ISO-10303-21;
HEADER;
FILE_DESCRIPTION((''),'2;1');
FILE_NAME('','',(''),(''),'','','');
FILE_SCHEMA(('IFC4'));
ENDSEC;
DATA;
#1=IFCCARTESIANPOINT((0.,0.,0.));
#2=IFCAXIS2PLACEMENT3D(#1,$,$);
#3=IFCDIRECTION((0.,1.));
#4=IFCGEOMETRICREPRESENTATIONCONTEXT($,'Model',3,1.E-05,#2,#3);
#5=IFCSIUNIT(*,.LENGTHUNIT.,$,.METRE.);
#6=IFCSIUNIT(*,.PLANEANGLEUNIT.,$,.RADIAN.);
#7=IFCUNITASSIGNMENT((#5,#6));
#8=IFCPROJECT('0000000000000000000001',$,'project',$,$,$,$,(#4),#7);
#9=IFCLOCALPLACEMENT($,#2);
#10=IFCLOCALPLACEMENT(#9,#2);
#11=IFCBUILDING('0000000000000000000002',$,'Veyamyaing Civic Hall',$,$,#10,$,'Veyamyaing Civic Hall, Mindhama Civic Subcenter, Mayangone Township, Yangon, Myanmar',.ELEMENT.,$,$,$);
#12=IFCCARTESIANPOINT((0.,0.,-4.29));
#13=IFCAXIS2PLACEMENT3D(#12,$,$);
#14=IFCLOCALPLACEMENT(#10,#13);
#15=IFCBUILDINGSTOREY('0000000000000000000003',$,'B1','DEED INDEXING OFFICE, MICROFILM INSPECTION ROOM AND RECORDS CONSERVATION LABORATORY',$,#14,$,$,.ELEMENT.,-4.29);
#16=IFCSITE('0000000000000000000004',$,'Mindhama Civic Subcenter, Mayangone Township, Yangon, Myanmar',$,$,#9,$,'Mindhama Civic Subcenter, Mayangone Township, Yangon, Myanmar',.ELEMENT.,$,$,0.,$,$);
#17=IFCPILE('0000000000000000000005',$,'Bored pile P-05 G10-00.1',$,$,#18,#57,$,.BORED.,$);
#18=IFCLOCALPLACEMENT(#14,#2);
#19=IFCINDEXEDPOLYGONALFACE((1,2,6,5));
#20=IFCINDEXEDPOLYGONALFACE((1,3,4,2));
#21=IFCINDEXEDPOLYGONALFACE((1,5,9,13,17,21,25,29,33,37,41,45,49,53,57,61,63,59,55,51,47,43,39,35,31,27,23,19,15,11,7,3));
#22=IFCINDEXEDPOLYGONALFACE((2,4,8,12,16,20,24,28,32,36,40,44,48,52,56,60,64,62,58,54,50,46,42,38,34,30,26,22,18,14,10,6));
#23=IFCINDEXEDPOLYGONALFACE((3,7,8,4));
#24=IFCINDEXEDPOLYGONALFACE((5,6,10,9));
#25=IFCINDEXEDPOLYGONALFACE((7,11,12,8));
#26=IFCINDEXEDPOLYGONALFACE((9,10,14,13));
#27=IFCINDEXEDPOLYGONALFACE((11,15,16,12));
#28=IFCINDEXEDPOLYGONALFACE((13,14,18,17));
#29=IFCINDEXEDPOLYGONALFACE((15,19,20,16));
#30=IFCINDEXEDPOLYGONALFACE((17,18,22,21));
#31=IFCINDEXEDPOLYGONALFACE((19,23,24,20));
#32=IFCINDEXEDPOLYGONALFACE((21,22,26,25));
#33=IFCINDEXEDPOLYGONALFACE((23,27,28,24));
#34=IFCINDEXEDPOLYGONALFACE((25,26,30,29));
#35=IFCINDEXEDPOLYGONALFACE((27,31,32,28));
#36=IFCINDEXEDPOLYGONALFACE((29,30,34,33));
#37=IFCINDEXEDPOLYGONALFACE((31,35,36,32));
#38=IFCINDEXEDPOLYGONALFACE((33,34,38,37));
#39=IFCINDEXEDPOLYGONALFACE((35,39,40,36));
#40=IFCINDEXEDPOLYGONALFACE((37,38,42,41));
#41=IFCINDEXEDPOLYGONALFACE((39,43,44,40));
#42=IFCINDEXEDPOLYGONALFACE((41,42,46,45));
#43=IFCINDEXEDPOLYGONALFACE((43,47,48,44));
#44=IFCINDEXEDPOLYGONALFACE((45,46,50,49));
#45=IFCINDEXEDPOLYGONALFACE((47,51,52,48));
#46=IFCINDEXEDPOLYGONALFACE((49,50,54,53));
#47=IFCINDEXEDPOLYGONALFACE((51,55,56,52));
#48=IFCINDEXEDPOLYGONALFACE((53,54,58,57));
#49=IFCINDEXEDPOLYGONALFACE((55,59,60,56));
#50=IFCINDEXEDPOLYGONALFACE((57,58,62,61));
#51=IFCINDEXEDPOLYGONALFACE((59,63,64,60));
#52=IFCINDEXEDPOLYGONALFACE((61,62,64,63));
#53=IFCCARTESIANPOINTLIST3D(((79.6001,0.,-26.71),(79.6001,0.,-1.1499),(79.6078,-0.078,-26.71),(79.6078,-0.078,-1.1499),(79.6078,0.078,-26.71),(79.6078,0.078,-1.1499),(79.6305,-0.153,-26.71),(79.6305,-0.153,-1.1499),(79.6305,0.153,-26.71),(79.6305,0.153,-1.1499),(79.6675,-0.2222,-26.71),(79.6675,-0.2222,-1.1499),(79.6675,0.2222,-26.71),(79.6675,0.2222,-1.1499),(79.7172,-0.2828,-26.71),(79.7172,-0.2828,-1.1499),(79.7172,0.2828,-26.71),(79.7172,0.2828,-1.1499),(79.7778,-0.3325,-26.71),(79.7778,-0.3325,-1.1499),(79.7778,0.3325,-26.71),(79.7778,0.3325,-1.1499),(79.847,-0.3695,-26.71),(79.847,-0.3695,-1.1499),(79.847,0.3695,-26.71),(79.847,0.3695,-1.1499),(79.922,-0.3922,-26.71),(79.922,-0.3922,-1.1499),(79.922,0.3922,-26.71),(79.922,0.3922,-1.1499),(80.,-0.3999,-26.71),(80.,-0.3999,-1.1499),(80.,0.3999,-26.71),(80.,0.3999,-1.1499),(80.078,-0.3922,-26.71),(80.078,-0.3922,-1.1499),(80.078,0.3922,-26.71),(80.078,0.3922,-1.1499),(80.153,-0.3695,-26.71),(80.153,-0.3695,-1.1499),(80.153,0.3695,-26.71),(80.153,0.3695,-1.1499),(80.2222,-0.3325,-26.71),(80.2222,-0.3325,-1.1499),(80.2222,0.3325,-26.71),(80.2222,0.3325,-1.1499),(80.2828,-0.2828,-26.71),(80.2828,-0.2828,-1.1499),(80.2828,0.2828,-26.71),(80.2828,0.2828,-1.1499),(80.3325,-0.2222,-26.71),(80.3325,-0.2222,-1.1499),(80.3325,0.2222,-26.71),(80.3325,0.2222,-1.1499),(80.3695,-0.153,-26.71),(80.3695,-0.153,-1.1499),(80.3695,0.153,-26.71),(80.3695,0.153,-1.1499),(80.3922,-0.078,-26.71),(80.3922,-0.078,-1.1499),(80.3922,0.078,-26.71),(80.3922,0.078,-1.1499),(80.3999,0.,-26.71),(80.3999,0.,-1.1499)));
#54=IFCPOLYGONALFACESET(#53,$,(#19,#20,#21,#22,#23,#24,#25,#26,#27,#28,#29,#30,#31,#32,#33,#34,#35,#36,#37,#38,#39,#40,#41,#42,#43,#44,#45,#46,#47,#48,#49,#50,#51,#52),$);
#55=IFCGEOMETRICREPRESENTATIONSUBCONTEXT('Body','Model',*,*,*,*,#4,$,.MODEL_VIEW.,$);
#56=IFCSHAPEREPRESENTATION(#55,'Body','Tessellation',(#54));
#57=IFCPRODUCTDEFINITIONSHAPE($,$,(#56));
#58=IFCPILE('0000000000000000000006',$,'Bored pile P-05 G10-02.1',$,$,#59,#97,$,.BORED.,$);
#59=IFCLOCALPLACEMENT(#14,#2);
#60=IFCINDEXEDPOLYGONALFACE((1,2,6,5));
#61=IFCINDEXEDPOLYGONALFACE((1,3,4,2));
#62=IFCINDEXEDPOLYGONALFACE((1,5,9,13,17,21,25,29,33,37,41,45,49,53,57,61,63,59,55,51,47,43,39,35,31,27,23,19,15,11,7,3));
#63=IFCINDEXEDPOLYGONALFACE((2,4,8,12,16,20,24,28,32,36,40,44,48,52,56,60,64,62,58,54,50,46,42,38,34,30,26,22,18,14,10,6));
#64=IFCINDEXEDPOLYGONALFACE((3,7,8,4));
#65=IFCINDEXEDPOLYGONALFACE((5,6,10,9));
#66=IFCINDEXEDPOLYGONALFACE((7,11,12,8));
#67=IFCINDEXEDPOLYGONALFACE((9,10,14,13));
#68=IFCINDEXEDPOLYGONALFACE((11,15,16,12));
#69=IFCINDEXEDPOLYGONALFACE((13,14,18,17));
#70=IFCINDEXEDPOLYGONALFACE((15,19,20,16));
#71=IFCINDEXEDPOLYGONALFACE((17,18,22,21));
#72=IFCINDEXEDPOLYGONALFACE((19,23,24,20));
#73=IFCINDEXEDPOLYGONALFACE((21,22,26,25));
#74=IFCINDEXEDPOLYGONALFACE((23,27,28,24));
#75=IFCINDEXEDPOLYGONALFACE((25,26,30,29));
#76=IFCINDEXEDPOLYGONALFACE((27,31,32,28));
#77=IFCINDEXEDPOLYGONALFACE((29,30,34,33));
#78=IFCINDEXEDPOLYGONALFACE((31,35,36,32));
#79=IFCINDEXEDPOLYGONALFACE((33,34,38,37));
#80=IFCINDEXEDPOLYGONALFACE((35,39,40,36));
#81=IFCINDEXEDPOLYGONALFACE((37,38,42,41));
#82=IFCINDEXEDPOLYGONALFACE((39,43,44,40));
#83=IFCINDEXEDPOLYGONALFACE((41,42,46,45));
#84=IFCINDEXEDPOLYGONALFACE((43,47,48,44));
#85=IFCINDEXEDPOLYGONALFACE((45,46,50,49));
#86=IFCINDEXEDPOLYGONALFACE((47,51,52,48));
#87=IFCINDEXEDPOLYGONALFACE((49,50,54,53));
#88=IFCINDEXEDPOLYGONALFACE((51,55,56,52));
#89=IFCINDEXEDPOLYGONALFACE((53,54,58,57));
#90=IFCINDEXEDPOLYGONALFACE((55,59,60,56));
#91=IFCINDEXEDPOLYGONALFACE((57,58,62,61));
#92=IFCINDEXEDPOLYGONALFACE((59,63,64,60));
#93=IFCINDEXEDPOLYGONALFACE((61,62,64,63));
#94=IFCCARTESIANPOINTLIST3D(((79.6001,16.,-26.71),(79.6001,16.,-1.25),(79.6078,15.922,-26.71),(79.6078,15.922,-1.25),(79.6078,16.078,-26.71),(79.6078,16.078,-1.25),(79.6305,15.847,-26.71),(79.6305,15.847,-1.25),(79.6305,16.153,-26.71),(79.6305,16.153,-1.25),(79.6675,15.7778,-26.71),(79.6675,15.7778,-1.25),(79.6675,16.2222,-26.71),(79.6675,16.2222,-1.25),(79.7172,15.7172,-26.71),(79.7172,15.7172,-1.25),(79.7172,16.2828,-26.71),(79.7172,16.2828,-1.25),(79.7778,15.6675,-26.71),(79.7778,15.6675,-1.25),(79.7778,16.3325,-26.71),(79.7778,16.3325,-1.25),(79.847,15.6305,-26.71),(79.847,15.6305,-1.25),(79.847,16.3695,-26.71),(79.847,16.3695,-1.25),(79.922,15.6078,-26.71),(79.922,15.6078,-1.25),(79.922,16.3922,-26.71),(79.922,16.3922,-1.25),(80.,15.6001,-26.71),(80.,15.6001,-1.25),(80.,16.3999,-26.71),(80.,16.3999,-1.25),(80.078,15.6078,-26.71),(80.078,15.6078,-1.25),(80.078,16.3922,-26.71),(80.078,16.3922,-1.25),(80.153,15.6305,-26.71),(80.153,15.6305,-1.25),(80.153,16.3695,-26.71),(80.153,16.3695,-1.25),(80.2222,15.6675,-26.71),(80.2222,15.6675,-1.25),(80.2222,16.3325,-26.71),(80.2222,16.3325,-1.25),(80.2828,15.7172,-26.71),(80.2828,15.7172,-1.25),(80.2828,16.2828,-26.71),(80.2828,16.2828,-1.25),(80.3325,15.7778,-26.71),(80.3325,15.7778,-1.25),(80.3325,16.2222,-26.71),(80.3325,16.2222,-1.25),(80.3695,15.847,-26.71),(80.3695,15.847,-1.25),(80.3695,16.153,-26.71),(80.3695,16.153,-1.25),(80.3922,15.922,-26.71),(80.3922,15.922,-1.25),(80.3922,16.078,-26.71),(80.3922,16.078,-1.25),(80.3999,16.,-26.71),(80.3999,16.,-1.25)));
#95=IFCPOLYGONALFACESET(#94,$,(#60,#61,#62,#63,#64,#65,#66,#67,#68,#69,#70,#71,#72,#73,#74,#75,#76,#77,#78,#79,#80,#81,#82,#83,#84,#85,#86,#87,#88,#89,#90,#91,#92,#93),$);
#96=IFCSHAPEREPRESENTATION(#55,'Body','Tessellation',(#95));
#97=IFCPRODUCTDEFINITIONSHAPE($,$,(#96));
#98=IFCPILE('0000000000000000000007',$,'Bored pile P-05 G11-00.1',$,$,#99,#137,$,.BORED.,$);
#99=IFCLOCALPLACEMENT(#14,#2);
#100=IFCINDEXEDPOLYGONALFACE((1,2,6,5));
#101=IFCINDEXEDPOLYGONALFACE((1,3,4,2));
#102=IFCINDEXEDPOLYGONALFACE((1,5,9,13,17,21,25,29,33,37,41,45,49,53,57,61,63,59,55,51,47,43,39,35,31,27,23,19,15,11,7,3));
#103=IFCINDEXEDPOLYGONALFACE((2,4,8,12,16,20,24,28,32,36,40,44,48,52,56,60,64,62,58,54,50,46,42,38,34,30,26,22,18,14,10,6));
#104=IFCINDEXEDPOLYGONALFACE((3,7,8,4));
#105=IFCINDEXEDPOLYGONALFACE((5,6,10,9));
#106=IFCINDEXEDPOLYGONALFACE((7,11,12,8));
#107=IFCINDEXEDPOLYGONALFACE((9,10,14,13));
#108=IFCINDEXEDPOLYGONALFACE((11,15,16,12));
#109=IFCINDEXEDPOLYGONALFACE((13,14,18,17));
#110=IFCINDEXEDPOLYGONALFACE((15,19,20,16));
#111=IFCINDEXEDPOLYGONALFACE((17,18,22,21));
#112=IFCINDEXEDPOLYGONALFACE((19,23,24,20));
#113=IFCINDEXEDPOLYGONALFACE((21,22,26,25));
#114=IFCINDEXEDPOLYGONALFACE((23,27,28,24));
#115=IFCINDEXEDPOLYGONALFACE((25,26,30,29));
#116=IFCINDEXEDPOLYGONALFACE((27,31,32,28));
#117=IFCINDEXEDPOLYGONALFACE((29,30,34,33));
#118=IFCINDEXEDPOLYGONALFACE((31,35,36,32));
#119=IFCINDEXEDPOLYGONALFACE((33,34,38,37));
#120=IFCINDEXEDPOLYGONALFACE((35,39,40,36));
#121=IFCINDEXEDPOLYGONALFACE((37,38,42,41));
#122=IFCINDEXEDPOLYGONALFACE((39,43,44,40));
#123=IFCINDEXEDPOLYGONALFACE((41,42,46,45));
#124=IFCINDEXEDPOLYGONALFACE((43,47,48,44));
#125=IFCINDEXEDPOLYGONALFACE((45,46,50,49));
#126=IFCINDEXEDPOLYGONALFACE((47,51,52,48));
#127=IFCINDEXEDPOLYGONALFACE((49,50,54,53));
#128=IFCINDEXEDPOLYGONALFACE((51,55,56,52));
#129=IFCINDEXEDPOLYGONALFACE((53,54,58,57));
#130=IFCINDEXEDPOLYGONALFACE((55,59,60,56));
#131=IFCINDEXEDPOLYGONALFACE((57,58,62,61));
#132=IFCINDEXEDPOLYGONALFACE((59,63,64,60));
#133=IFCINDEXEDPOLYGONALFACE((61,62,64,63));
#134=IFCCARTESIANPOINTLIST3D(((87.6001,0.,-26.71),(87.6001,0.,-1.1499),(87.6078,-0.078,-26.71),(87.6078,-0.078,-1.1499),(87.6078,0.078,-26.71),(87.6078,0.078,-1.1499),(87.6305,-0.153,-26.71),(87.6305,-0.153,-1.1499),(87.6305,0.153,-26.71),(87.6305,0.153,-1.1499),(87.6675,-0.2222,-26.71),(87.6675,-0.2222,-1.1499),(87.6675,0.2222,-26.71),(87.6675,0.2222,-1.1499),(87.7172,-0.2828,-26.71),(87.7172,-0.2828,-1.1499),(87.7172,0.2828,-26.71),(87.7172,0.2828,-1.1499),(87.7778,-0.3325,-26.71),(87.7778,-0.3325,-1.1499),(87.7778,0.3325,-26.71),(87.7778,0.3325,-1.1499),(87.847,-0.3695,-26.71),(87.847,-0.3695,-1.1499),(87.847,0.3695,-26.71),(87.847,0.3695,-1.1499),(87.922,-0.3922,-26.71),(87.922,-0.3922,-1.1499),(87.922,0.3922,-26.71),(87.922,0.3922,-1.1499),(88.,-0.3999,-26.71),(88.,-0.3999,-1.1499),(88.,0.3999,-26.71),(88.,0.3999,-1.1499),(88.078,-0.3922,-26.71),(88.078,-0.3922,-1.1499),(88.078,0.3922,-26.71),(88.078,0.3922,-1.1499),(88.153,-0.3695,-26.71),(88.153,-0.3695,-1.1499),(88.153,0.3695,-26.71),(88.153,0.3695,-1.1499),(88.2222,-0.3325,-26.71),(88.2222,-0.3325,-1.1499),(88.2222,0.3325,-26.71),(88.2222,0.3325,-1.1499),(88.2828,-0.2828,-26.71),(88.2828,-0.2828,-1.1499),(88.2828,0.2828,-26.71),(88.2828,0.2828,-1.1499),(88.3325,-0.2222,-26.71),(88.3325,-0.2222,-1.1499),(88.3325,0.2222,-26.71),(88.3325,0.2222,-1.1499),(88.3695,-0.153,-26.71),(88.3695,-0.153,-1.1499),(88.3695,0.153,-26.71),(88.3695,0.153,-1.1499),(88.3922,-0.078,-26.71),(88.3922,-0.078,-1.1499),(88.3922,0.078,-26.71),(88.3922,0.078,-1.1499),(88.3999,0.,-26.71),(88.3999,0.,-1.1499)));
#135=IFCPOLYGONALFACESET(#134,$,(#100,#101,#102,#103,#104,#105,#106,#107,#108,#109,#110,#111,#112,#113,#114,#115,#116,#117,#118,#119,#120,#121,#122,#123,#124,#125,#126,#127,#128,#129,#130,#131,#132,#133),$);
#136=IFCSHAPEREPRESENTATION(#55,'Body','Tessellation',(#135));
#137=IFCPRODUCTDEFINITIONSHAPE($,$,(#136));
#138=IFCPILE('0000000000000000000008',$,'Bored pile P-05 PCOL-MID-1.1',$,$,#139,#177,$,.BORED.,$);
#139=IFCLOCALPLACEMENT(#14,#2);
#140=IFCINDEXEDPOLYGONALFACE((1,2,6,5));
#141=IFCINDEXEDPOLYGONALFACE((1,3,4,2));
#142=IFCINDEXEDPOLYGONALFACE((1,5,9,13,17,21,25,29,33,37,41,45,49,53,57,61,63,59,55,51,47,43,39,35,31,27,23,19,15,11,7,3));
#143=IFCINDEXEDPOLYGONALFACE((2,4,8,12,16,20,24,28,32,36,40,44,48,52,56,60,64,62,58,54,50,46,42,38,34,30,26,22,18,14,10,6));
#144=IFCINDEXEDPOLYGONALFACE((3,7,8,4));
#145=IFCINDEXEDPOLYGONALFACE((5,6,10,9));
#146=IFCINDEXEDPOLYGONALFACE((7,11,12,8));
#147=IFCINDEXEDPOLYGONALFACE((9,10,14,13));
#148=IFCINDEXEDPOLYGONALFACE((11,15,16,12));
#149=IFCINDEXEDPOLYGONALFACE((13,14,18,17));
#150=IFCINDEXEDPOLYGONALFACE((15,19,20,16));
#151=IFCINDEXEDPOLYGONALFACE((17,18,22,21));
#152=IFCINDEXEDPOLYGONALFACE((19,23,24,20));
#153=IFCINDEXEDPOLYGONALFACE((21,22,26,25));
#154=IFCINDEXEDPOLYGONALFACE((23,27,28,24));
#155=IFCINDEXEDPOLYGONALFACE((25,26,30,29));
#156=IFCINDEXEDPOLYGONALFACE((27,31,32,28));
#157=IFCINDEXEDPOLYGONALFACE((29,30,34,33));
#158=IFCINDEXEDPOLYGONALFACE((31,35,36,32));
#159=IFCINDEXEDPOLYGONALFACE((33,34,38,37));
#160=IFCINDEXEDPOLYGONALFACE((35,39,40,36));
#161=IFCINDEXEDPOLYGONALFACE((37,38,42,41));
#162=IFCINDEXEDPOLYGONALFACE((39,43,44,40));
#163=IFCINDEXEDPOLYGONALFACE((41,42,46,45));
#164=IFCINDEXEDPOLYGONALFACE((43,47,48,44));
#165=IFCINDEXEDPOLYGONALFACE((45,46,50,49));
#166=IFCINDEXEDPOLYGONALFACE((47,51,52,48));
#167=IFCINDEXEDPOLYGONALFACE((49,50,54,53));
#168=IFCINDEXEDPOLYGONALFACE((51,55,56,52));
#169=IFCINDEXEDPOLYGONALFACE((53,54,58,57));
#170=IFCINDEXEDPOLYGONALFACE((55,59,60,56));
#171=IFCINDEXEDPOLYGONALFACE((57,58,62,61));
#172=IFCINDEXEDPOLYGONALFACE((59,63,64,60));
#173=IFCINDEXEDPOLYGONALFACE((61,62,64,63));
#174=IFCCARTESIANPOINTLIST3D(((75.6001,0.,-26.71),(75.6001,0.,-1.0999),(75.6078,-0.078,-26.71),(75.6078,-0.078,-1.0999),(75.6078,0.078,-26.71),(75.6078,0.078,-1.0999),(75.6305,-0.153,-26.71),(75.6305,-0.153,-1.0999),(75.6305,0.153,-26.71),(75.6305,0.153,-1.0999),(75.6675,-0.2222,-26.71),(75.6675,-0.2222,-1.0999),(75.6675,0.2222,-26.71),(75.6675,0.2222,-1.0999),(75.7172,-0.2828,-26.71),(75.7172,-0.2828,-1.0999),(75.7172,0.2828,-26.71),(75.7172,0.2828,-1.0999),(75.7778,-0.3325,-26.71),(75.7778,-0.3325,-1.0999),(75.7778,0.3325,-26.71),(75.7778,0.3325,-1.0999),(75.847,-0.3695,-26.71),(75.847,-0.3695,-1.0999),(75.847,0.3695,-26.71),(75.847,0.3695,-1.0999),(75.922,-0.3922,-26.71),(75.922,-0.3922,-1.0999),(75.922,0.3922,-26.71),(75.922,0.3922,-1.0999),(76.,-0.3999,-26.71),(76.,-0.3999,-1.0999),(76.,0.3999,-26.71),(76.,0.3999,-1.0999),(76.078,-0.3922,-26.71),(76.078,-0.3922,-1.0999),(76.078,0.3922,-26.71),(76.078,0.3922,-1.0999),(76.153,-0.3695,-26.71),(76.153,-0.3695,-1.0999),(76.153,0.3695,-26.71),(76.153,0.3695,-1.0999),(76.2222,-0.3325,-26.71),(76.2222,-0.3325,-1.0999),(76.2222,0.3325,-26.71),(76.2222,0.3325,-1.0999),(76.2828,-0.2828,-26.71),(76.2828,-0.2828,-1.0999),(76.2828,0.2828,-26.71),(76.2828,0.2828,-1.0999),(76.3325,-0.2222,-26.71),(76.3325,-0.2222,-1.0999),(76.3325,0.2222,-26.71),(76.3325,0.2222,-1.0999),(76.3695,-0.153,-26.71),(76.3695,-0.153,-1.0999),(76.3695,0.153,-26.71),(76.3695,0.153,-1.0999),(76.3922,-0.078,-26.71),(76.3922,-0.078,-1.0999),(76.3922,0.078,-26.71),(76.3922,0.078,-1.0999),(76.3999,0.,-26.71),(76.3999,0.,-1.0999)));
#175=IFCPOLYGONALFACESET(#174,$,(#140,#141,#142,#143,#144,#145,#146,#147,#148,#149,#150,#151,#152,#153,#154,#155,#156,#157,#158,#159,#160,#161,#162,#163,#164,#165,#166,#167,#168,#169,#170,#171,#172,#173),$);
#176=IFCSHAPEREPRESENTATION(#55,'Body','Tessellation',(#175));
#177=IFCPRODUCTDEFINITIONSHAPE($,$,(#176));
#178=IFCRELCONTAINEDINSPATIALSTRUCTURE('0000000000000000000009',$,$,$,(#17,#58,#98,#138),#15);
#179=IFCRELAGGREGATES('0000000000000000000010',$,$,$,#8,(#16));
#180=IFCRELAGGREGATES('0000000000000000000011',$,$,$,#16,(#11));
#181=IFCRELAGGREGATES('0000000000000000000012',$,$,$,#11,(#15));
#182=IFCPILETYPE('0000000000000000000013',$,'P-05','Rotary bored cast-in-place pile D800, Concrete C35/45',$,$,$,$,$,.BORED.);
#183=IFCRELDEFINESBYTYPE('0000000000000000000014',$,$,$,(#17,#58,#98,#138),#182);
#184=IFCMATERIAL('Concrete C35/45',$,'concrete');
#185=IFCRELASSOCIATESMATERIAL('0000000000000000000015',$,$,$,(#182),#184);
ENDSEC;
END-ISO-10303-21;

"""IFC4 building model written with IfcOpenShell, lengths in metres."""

from ifc_helpers import new_model, si_unit, direction, frame, origin, origin_2d, place, context, subcontext, project, spatial, circle, extrude, material, material_profile, profile_set, type_object, element, save


model = new_model("IFC4")

# Units and contexts
model_context = context("Model", 3, precision=1e-05, world=origin(), true_north=direction((0.0, 1.0)))
body_context = subcontext(model_context, "Body", "Model", "MODEL_VIEW")
ifc_project = project(units=[si_unit("LENGTHUNIT", "METRE"), si_unit("PLANEANGLEUNIT", "RADIAN")], contexts=[model_context])

# Site, building, storey
site_placement = place(None, origin())
site = spatial("IfcSite", under=ifc_project, at=site_placement, Name="Mindhama Civic Subcenter, Mayangone Township, Yangon, Myanmar", LongName="Mindhama Civic Subcenter, Mayangone Township, Yangon, Myanmar", CompositionType="ELEMENT", RefElevation=0.0)
building_placement = place(site_placement, origin())
building = spatial("IfcBuilding", under=site, at=building_placement, Name="Veyamyaing Civic Hall", LongName="Veyamyaing Civic Hall, Mindhama Civic Subcenter, Mayangone Township, Yangon, Myanmar", CompositionType="ELEMENT")
storey_placement = place(building_placement, frame((0.0, 0.0, -4.29)))
storey = spatial("IfcBuildingStorey", under=building, at=storey_placement, Name="B1", Description="DEED INDEXING OFFICE, MICROFILM INSPECTION ROOM AND RECORDS CONSERVATION LABORATORY", CompositionType="ELEMENT", Elevation=-4.29)

# Piles
ifc_material_1 = material(Name="Concrete C35/45", Category="concrete")
ifc_material_profile_1 = material_profile(ifc_material_1, circle(Radius=0.3999, at=origin_2d()), Name="PILE-D800")
ifc_profile_set_1 = profile_set([ifc_material_profile_1], Name="Concrete C35/45")
pile_type_1 = type_object("IfcPileType", Name="P-05", Description="Rotary bored cast-in-place pile D800, Concrete C35/45", PredefinedType="BORED", material=ifc_profile_set_1)
pile_1_placement = place(storey_placement, frame((80.0, 0.0, -1.1499), z_axis=(0.0, 0.0, -1.0), x_axis=(1.0, 0.0, 0.0)))
element("IfcPile", 1, at=pile_1_placement, inside=storey, type_object=pile_type_1, Name="Bored pile P-05 G10-00.1", PredefinedType="BORED", context=body_context, shape_type="SweptSolid", body=[
    extrude(circle(Radius=0.3999, at=origin_2d()), origin(), (0.0, 0.0, 1.0), 25.5601),
])
pile_2_placement = place(storey_placement, frame((80.0, 16.0, -1.25), z_axis=(0.0, 0.0, -1.0), x_axis=(1.0, 0.0, 0.0)))
element("IfcPile", 2, at=pile_2_placement, inside=storey, type_object=pile_type_1, Name="Bored pile P-05 G10-02.1", PredefinedType="BORED", context=body_context, shape_type="SweptSolid", body=[
    extrude(circle(Radius=0.3999, at=origin_2d()), origin(), (0.0, 0.0, 1.0), 25.46),
])
pile_3_placement = place(storey_placement, frame((88.0, 0.0, -1.1499), z_axis=(0.0, 0.0, -1.0), x_axis=(1.0, 0.0, 0.0)))
element("IfcPile", 3, at=pile_3_placement, inside=storey, type_object=pile_type_1, Name="Bored pile P-05 G11-00.1", PredefinedType="BORED", context=body_context, shape_type="SweptSolid", body=[
    extrude(circle(Radius=0.3999, at=origin_2d()), origin(), (0.0, 0.0, 1.0), 25.5601),
])
for number, where, z_axis, x_axis, name in (
    (4, (76.0, 0.0, -1.0999), (0.0, 0.0, -1.0), (1.0, 0.0, 0.0), "Bored pile P-05 PCOL-MID-1.1"),
):
    element("IfcPile", number, at=place(storey_placement, frame(where, z_axis=z_axis, x_axis=x_axis)), inside=storey, type_object=pile_type_1, Name=name, PredefinedType="BORED", context=body_context, shape_type="SweptSolid", body=[
        extrude(circle(Radius=0.3999, at=origin_2d()), origin(), (0.0, 0.0, 1.0), 25.6101),
    ])

save(model, "model.ifc")
